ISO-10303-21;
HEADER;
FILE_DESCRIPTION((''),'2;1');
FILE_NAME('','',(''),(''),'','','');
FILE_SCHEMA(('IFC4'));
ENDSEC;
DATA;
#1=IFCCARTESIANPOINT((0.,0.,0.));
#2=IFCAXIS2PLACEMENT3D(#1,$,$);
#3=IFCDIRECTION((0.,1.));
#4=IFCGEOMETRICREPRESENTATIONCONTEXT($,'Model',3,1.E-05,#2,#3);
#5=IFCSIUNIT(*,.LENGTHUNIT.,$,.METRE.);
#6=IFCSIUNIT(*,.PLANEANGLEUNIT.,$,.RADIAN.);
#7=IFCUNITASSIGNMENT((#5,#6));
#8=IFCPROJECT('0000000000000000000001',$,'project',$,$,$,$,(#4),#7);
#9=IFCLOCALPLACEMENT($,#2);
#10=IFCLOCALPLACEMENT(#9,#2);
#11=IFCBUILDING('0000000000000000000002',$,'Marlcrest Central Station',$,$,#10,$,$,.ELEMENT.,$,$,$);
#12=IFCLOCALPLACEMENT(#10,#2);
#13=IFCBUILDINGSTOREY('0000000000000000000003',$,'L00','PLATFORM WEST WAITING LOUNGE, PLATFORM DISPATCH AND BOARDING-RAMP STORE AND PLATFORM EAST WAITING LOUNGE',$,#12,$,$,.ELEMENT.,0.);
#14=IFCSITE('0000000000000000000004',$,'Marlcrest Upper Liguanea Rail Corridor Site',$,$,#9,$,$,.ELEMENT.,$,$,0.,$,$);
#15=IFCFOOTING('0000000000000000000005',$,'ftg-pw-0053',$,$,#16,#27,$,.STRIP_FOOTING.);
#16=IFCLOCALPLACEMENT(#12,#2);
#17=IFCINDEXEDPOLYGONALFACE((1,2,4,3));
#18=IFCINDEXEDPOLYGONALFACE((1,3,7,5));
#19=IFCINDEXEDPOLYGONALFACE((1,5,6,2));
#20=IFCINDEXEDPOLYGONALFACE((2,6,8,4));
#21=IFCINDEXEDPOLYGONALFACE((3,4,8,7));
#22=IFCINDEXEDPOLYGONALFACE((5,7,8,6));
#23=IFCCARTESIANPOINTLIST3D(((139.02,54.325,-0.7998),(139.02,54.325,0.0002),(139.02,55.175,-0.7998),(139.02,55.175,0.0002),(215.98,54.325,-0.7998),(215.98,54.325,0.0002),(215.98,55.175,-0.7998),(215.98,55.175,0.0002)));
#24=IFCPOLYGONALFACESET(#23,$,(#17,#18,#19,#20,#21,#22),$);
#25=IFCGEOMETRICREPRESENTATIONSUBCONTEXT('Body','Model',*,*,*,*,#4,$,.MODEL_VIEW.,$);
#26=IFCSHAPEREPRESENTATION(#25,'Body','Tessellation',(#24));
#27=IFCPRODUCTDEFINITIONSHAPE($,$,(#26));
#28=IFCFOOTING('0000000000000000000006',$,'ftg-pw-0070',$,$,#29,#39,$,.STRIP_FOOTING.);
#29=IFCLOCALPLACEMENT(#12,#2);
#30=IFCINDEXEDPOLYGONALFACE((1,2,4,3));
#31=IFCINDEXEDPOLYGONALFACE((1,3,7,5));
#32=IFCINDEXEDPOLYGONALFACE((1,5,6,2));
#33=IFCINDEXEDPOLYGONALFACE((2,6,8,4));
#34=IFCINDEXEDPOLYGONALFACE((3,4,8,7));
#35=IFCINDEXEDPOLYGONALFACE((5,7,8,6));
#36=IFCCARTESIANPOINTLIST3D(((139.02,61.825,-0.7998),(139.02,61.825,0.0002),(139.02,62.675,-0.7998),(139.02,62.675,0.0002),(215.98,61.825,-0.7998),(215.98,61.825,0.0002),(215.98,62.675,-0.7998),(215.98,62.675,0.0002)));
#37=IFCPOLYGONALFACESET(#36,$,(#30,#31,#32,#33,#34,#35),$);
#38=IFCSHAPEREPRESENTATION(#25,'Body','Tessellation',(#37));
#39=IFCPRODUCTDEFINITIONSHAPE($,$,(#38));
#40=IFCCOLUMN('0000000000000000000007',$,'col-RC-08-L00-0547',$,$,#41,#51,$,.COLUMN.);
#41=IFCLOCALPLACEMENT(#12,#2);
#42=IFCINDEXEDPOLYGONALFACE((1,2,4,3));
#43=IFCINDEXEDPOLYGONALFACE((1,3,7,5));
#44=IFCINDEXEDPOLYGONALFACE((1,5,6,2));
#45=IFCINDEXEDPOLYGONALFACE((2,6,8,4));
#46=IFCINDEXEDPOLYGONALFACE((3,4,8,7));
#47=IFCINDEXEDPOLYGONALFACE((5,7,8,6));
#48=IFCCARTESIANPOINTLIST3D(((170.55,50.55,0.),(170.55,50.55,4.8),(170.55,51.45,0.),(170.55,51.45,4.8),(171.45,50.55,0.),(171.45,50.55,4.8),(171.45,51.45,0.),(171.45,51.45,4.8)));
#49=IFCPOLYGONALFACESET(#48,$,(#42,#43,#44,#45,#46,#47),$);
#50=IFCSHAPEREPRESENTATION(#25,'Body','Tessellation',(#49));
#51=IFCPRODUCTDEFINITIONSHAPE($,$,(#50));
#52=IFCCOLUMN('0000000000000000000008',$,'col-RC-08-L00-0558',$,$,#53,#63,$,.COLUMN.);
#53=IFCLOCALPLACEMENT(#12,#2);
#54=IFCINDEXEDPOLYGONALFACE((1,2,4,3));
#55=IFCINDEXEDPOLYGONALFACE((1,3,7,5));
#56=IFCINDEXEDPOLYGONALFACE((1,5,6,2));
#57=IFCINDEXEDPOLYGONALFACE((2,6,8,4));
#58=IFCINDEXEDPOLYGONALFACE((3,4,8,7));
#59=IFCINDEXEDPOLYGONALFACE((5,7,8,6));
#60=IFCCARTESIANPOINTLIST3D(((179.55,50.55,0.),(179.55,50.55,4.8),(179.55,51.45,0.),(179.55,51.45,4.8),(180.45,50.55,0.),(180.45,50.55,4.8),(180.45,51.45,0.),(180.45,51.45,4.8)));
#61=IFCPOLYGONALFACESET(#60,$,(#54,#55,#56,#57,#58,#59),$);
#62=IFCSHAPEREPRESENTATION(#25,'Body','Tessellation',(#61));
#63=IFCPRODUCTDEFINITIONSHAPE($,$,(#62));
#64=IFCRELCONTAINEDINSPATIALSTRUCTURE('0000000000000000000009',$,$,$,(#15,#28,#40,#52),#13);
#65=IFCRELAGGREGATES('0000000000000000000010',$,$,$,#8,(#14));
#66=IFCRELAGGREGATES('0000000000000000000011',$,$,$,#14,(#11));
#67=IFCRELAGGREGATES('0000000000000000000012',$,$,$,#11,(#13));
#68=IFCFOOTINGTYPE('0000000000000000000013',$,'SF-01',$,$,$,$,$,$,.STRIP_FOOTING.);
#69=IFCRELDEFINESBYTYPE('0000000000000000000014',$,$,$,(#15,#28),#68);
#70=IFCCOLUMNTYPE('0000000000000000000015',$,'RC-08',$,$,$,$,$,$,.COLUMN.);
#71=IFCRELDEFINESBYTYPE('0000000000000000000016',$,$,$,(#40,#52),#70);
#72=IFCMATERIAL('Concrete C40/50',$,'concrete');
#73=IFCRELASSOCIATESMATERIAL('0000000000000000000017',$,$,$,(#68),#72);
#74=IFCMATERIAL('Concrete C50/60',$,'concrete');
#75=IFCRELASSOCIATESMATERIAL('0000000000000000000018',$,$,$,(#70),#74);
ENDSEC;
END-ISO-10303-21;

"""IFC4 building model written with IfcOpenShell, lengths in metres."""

from ifc_helpers import new_model, si_unit, direction, frame, origin, origin_2d, place, context, subcontext, project, spatial, rectangle, extrude, material, material_profile, profile_set, type_object, element, save


model = new_model("IFC4")

# Units and contexts
model_context = context("Model", 3, precision=1e-05, world=origin(), true_north=direction((0.0, 1.0)))
body_context = subcontext(model_context, "Body", "Model", "MODEL_VIEW")
ifc_project = project(units=[si_unit("LENGTHUNIT", "METRE"), si_unit("PLANEANGLEUNIT", "RADIAN")], contexts=[model_context])

# Site, building, storey
site_placement = place(None, origin())
site = spatial("IfcSite", under=ifc_project, at=site_placement, Name="Marlcrest Upper Liguanea Rail Corridor Site", CompositionType="ELEMENT", RefElevation=0.0)
building_placement = place(site_placement, origin())
building = spatial("IfcBuilding", under=site, at=building_placement, Name="Marlcrest Central Station", CompositionType="ELEMENT")
storey_placement = place(building_placement, origin())
storey = spatial("IfcBuildingStorey", under=building, at=storey_placement, Name="L00", Description="PLATFORM WEST WAITING LOUNGE, PLATFORM DISPATCH AND BOARDING-RAMP STORE AND PLATFORM EAST WAITING LOUNGE", CompositionType="ELEMENT", Elevation=0.0)

# Footings
ifc_material_1 = material(Name="Concrete C40/50", Category="concrete")
footing_type_1 = type_object("IfcFootingType", Name="SF-01", PredefinedType="STRIP_FOOTING", material=ifc_material_1)
for number, where, z_axis, x_axis, name in (
    (1, (177.5, 54.75, -0.7998), (0.0, 0.0, 1.0), (1.0, 0.0, 0.0), "ftg-pw-0053"),
    (2, (177.5, 62.25, -0.7998), (0.0, 0.0, 1.0), (1.0, 0.0, 0.0), "ftg-pw-0070"),
):
    element("IfcFooting", number, at=place(storey_placement, frame(where, z_axis=z_axis, x_axis=x_axis)), inside=storey, type_object=footing_type_1, Name=name, PredefinedType="STRIP_FOOTING", context=body_context, shape_type="SweptSolid", body=[
        extrude(rectangle(XDim=76.96, YDim=0.8501, at=origin_2d()), origin(), (0.0, 0.0, 1.0), 0.8),
    ])

# Columns
ifc_material_2 = material(Name="Concrete C50/60", Category="concrete")
ifc_material_profile_1 = material_profile(ifc_material_2, rectangle(XDim=0.8999, YDim=0.8999, at=origin_2d()), Name="RC 900x900")
ifc_profile_set_1 = profile_set([ifc_material_profile_1], Name="Concrete C50/60")
column_type = type_object("IfcColumnType", Name="RC-08", PredefinedType="COLUMN", material=ifc_profile_set_1)
for number, where, z_axis, x_axis, name in (
    (3, (171.0, 51.0, 0.0), (0.0, 0.0, 1.0), (1.0, 0.0, 0.0), "col-RC-08-L00-0547"),
    (4, (180.0, 51.0, 0.0), (0.0, 0.0, 1.0), (1.0, 0.0, 0.0), "col-RC-08-L00-0558"),
):
    element("IfcColumn", number, at=place(storey_placement, frame(where, z_axis=z_axis, x_axis=x_axis)), inside=storey, type_object=column_type, Name=name, PredefinedType="COLUMN", context=body_context, shape_type="SweptSolid", body=[
        extrude(rectangle(XDim=0.8999, YDim=0.8999, at=origin_2d()), origin(), (0.0, 0.0, 1.0), 4.8),
    ])

save(model, "model.ifc")
